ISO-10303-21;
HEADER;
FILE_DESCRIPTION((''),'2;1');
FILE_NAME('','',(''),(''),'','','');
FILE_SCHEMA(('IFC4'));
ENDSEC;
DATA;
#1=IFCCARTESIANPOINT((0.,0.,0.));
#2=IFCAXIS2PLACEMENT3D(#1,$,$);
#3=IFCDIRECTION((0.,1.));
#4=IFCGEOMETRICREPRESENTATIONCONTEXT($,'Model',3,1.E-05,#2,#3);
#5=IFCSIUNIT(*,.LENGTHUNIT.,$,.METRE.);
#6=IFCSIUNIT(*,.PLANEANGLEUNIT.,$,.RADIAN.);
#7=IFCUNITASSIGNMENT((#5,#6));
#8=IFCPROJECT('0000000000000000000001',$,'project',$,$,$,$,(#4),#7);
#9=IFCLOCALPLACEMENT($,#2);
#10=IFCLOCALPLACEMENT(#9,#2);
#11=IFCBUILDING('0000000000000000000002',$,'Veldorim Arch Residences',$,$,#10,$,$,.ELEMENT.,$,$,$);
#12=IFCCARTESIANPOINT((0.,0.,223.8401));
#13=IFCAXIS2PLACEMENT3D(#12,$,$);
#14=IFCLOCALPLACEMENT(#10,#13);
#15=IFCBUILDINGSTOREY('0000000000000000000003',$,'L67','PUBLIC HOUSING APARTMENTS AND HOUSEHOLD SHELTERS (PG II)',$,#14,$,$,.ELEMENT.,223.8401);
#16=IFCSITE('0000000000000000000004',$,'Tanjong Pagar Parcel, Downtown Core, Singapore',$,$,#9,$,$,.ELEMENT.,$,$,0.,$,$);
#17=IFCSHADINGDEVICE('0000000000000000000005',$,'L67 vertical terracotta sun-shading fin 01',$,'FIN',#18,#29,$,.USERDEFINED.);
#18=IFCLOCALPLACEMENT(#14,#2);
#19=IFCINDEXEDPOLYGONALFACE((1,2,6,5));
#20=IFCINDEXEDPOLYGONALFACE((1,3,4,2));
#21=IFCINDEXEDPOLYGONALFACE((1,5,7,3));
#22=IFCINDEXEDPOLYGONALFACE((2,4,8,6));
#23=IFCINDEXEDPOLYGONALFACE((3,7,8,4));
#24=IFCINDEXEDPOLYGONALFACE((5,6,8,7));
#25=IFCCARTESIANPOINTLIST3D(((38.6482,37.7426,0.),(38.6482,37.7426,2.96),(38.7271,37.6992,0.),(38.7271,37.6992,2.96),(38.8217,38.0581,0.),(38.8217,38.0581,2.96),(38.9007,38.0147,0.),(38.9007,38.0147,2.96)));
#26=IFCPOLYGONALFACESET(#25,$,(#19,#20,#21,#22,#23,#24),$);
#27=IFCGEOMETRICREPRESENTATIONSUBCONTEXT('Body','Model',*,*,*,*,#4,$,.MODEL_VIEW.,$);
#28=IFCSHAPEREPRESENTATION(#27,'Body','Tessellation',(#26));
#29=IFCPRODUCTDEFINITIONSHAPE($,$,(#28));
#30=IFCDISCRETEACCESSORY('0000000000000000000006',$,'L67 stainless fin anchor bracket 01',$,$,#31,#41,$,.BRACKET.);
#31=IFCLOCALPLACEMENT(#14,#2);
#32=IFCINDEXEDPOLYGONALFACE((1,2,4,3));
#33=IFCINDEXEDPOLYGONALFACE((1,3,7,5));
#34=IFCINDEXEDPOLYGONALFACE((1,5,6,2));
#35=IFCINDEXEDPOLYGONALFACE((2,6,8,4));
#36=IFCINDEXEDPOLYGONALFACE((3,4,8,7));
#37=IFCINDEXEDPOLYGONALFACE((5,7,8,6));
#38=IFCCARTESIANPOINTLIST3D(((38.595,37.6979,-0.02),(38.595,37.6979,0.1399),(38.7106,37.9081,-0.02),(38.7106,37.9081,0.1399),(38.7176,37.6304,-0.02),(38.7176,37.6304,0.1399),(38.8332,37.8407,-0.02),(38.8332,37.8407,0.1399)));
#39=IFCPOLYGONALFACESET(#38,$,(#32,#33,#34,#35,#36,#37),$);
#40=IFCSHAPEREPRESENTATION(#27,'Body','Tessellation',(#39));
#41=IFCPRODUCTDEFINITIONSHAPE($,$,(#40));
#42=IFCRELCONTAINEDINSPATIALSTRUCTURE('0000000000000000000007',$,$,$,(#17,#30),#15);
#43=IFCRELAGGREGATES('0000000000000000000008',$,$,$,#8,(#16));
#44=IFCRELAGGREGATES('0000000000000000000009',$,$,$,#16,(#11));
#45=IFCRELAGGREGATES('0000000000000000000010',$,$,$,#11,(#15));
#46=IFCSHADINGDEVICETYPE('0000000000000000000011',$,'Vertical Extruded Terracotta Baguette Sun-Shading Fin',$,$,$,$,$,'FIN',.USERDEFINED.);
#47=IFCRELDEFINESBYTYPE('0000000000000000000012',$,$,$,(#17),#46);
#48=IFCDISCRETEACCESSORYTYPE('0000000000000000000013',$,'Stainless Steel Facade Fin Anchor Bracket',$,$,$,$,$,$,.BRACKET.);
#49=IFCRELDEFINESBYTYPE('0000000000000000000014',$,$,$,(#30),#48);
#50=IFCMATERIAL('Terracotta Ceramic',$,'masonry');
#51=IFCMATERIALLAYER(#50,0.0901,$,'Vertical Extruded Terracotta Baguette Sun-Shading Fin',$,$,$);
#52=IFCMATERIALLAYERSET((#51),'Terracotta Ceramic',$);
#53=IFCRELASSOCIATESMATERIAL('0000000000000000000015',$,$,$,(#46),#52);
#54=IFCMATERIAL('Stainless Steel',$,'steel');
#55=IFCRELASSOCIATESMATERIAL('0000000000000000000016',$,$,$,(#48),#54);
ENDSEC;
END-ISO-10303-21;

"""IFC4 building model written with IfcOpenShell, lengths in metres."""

from ifc_helpers import new_model, si_unit, direction, frame, origin, origin_2d, place, context, subcontext, project, spatial, rectangle, extrude, material, layer, layer_set, type_object, element, save


model = new_model("IFC4")

# Units and contexts
model_context = context("Model", 3, precision=1e-05, world=origin(), true_north=direction((0.0, 1.0)))
body_context = subcontext(model_context, "Body", "Model", "MODEL_VIEW")
ifc_project = project(units=[si_unit("LENGTHUNIT", "METRE"), si_unit("PLANEANGLEUNIT", "RADIAN")], contexts=[model_context])

# Site, building, storey
site_placement = place(None, origin())
site = spatial("IfcSite", under=ifc_project, at=site_placement, Name="Tanjong Pagar Parcel, Downtown Core, Singapore", CompositionType="ELEMENT", RefElevation=0.0)
building_placement = place(site_placement, origin())
building = spatial("IfcBuilding", under=site, at=building_placement, Name="Veldorim Arch Residences", CompositionType="ELEMENT")
storey_placement = place(building_placement, frame((0.0, 0.0, 223.8401)))
storey = spatial("IfcBuildingStorey", under=building, at=storey_placement, Name="L67", Description="PUBLIC HOUSING APARTMENTS AND HOUSEHOLD SHELTERS (PG II)", CompositionType="ELEMENT", Elevation=223.8401)

# Shading device
ifc_material_1 = material(Name="Terracotta Ceramic", Category="masonry")
ifc_layer_1 = layer(ifc_material_1, 0.0901, Name="Vertical Extruded Terracotta Baguette Sun-Shading Fin")
ifc_layer_set_1 = layer_set([ifc_layer_1], Name="Terracotta Ceramic")
shading_device_type = type_object("IfcShadingDeviceType", Name="Vertical Extruded Terracotta Baguette Sun-Shading Fin", ElementType="FIN", PredefinedType="USERDEFINED", material=ifc_layer_set_1)
shading_device_placement = place(storey_placement, frame((38.7744, 37.8787, 0.0), z_axis=(0.0, 0.0, 1.0), x_axis=(0.876223, -0.481907, 0.0)))
element("IfcShadingDevice", 1, at=shading_device_placement, inside=storey, type_object=shading_device_type, Name="L67 vertical terracotta sun-shading fin 01", ObjectType="FIN", PredefinedType="USERDEFINED", context=body_context, shape_type="SweptSolid", body=[
    extrude(rectangle(XDim=0.0901, YDim=0.3601, at=origin_2d()), origin(), (0.0, 0.0, 1.0), 2.96),
])

# Discrete accessory
ifc_material_2 = material(Name="Stainless Steel", Category="steel")
discrete_accessory_type = type_object("IfcDiscreteAccessoryType", Name="Stainless Steel Facade Fin Anchor Bracket", PredefinedType="BRACKET", material=ifc_material_2)
discrete_accessory_placement = place(storey_placement, frame((38.7141, 37.7693, -0.02), z_axis=(0.0, 0.0, 1.0), x_axis=(0.876223, -0.481907, 0.0)))
element("IfcDiscreteAccessory", 2, at=discrete_accessory_placement, inside=storey, type_object=discrete_accessory_type, Name="L67 stainless fin anchor bracket 01", PredefinedType="BRACKET", context=body_context, shape_type="SweptSolid", body=[
    extrude(rectangle(XDim=0.1399, YDim=0.24, at=origin_2d()), origin(), (0.0, 0.0, 1.0), 0.1599),
])

save(model, "model.ifc")
